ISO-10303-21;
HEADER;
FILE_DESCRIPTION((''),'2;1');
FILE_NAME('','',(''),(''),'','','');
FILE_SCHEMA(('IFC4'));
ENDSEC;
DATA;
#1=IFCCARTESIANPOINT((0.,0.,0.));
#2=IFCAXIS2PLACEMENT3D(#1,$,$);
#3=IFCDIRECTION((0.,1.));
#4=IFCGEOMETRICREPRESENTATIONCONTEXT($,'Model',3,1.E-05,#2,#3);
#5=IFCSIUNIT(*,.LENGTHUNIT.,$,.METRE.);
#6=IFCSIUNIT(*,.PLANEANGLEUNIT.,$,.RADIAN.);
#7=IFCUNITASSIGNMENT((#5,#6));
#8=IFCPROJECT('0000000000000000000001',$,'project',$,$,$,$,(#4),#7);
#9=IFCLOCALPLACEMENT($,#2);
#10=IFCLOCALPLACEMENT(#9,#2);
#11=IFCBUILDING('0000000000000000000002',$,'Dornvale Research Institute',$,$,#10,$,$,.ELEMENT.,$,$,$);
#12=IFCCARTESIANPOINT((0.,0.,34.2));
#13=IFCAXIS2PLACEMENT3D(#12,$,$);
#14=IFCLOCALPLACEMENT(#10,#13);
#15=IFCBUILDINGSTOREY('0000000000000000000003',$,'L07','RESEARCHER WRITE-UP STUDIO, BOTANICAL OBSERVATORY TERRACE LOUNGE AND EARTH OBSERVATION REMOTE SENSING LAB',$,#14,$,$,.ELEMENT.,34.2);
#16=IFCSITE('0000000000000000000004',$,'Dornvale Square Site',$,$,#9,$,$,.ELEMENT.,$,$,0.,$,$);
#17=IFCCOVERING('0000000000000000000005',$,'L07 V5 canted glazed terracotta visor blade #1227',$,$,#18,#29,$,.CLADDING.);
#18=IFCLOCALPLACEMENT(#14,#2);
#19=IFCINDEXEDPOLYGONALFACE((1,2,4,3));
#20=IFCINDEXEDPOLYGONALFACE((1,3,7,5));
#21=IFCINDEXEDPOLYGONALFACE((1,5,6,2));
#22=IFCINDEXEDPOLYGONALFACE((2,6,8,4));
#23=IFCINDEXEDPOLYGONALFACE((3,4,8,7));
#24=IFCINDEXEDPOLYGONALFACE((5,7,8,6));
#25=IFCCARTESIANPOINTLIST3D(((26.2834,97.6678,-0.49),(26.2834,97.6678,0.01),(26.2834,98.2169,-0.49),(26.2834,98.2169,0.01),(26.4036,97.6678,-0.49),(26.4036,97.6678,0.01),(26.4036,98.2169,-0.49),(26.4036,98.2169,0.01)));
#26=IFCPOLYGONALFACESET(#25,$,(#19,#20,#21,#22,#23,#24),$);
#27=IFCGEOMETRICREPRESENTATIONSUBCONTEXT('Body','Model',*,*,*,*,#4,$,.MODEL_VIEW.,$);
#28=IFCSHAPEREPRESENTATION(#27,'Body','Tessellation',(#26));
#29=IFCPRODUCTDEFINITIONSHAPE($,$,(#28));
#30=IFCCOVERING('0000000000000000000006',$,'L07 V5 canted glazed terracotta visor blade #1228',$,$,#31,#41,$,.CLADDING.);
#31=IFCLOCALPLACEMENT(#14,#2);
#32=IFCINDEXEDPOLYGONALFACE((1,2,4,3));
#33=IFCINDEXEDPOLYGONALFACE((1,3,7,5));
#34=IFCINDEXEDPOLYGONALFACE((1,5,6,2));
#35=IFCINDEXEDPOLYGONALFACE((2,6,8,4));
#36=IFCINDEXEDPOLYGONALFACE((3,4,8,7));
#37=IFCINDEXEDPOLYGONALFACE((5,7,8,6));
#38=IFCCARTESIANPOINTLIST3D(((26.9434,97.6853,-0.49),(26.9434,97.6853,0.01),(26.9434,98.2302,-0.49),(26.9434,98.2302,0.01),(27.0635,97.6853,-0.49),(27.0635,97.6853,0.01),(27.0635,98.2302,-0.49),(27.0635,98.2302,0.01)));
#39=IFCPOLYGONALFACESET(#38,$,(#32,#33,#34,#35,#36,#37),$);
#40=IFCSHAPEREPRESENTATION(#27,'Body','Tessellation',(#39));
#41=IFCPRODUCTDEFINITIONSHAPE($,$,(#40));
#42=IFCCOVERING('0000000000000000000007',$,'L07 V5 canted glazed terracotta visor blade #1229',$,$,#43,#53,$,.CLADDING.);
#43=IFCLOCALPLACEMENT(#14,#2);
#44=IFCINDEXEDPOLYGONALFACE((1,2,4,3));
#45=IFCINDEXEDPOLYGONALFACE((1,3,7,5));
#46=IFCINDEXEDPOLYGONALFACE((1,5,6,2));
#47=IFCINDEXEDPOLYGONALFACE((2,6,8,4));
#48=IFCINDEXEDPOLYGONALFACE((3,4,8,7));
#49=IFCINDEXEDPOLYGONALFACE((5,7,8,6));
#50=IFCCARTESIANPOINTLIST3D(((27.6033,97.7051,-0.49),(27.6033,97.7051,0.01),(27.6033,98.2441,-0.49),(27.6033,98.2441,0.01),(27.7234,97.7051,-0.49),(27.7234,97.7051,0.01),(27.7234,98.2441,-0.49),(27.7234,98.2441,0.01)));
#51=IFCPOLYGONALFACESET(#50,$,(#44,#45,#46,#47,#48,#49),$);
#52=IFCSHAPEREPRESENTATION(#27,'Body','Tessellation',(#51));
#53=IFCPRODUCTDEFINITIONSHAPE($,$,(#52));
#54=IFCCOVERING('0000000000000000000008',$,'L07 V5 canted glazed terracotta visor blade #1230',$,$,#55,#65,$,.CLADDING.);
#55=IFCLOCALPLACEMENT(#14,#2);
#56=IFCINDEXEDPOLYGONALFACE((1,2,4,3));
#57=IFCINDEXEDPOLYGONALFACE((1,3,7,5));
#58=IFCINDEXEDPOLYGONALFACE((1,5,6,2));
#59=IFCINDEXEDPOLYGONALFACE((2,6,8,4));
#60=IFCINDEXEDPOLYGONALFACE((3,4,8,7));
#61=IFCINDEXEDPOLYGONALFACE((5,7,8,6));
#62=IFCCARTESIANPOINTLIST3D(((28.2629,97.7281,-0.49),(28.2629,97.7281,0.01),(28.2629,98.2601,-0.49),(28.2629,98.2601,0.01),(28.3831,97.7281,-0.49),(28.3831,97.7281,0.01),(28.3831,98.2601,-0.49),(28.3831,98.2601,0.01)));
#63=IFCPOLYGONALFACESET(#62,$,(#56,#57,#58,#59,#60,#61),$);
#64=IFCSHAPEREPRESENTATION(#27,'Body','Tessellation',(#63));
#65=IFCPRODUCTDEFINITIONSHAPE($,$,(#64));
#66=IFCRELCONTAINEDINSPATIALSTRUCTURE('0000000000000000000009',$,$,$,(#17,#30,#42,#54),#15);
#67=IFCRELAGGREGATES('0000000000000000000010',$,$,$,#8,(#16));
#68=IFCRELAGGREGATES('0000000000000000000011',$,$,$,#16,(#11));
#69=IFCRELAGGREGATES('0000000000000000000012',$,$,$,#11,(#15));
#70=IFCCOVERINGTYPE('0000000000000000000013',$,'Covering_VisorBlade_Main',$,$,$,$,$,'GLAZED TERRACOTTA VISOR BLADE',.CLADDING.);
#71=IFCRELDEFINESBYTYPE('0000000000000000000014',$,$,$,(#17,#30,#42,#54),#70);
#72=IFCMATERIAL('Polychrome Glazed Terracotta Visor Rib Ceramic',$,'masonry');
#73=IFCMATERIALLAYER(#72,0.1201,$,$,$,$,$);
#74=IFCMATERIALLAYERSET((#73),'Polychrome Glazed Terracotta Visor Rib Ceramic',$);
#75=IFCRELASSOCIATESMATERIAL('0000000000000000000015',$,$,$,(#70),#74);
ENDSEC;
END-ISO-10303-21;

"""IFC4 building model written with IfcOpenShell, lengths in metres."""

from ifc_helpers import new_model, si_unit, direction, frame, origin, origin_2d, place, context, subcontext, project, spatial, rectangle, extrude, material, layer, layer_set, type_object, element, save


model = new_model("IFC4")

# Units and contexts
model_context = context("Model", 3, precision=1e-05, world=origin(), true_north=direction((0.0, 1.0)))
body_context = subcontext(model_context, "Body", "Model", "MODEL_VIEW")
ifc_project = project(units=[si_unit("LENGTHUNIT", "METRE"), si_unit("PLANEANGLEUNIT", "RADIAN")], contexts=[model_context])

# Site, building, storey
site_placement = place(None, origin())
site = spatial("IfcSite", under=ifc_project, at=site_placement, Name="Dornvale Square Site", CompositionType="ELEMENT", RefElevation=0.0)
building_placement = place(site_placement, origin())
building = spatial("IfcBuilding", under=site, at=building_placement, Name="Dornvale Research Institute", CompositionType="ELEMENT")
storey_placement = place(building_placement, frame((0.0, 0.0, 34.2)))
storey = spatial("IfcBuildingStorey", under=building, at=storey_placement, Name="L07", Description="RESEARCHER WRITE-UP STUDIO, BOTANICAL OBSERVATORY TERRACE LOUNGE AND EARTH OBSERVATION REMOTE SENSING LAB", CompositionType="ELEMENT", Elevation=34.2)

# Coverings
ifc_material = material(Name="Polychrome Glazed Terracotta Visor Rib Ceramic", Category="masonry")
ifc_layer = layer(ifc_material, 0.1201)
ifc_layer_set = layer_set([ifc_layer], Name="Polychrome Glazed Terracotta Visor Rib Ceramic")
covering_type = type_object("IfcCoveringType", Name="Covering_VisorBlade_Main", ElementType="GLAZED TERRACOTTA VISOR BLADE", PredefinedType="CLADDING", material=ifc_layer_set)
covering_1_placement = place(storey_placement, frame((26.3435, 97.9424, -0.49), z_axis=(0.0, 0.0, 1.0), x_axis=(0.0, 1.0, 0.0)))
element("IfcCovering", 1, at=covering_1_placement, inside=storey, type_object=covering_type, Name="L07 V5 canted glazed terracotta visor blade #1227", PredefinedType="CLADDING", context=body_context, shape_type="SweptSolid", body=[
    extrude(rectangle(XDim=0.5491, YDim=0.1201, at=origin_2d()), origin(), (0.0, 0.0, 1.0), 0.5),
])
covering_2_placement = place(storey_placement, frame((27.0034, 97.9578, -0.49), z_axis=(0.0, 0.0, 1.0), x_axis=(0.0, 1.0, 0.0)))
element("IfcCovering", 2, at=covering_2_placement, inside=storey, type_object=covering_type, Name="L07 V5 canted glazed terracotta visor blade #1228", PredefinedType="CLADDING", context=body_context, shape_type="SweptSolid", body=[
    extrude(rectangle(XDim=0.5449, YDim=0.1201, at=origin_2d()), origin(), (0.0, 0.0, 1.0), 0.5),
])
covering_3_placement = place(storey_placement, frame((27.6633, 97.9746, -0.49), z_axis=(0.0, 0.0, 1.0), x_axis=(0.0, 1.0, 0.0)))
element("IfcCovering", 3, at=covering_3_placement, inside=storey, type_object=covering_type, Name="L07 V5 canted glazed terracotta visor blade #1229", PredefinedType="CLADDING", context=body_context, shape_type="SweptSolid", body=[
    extrude(rectangle(XDim=0.5391, YDim=0.1201, at=origin_2d()), origin(), (0.0, 0.0, 1.0), 0.5),
])
covering_4_placement = place(storey_placement, frame((28.323, 97.9941, -0.49), z_axis=(0.0, 0.0, 1.0), x_axis=(0.0, 1.0, 0.0)))
element("IfcCovering", 4, at=covering_4_placement, inside=storey, type_object=covering_type, Name="L07 V5 canted glazed terracotta visor blade #1230", PredefinedType="CLADDING", context=body_context, shape_type="SweptSolid", body=[
    extrude(rectangle(XDim=0.532, YDim=0.1201, at=origin_2d()), origin(), (0.0, 0.0, 1.0), 0.5),
])

save(model, "model.ifc")
